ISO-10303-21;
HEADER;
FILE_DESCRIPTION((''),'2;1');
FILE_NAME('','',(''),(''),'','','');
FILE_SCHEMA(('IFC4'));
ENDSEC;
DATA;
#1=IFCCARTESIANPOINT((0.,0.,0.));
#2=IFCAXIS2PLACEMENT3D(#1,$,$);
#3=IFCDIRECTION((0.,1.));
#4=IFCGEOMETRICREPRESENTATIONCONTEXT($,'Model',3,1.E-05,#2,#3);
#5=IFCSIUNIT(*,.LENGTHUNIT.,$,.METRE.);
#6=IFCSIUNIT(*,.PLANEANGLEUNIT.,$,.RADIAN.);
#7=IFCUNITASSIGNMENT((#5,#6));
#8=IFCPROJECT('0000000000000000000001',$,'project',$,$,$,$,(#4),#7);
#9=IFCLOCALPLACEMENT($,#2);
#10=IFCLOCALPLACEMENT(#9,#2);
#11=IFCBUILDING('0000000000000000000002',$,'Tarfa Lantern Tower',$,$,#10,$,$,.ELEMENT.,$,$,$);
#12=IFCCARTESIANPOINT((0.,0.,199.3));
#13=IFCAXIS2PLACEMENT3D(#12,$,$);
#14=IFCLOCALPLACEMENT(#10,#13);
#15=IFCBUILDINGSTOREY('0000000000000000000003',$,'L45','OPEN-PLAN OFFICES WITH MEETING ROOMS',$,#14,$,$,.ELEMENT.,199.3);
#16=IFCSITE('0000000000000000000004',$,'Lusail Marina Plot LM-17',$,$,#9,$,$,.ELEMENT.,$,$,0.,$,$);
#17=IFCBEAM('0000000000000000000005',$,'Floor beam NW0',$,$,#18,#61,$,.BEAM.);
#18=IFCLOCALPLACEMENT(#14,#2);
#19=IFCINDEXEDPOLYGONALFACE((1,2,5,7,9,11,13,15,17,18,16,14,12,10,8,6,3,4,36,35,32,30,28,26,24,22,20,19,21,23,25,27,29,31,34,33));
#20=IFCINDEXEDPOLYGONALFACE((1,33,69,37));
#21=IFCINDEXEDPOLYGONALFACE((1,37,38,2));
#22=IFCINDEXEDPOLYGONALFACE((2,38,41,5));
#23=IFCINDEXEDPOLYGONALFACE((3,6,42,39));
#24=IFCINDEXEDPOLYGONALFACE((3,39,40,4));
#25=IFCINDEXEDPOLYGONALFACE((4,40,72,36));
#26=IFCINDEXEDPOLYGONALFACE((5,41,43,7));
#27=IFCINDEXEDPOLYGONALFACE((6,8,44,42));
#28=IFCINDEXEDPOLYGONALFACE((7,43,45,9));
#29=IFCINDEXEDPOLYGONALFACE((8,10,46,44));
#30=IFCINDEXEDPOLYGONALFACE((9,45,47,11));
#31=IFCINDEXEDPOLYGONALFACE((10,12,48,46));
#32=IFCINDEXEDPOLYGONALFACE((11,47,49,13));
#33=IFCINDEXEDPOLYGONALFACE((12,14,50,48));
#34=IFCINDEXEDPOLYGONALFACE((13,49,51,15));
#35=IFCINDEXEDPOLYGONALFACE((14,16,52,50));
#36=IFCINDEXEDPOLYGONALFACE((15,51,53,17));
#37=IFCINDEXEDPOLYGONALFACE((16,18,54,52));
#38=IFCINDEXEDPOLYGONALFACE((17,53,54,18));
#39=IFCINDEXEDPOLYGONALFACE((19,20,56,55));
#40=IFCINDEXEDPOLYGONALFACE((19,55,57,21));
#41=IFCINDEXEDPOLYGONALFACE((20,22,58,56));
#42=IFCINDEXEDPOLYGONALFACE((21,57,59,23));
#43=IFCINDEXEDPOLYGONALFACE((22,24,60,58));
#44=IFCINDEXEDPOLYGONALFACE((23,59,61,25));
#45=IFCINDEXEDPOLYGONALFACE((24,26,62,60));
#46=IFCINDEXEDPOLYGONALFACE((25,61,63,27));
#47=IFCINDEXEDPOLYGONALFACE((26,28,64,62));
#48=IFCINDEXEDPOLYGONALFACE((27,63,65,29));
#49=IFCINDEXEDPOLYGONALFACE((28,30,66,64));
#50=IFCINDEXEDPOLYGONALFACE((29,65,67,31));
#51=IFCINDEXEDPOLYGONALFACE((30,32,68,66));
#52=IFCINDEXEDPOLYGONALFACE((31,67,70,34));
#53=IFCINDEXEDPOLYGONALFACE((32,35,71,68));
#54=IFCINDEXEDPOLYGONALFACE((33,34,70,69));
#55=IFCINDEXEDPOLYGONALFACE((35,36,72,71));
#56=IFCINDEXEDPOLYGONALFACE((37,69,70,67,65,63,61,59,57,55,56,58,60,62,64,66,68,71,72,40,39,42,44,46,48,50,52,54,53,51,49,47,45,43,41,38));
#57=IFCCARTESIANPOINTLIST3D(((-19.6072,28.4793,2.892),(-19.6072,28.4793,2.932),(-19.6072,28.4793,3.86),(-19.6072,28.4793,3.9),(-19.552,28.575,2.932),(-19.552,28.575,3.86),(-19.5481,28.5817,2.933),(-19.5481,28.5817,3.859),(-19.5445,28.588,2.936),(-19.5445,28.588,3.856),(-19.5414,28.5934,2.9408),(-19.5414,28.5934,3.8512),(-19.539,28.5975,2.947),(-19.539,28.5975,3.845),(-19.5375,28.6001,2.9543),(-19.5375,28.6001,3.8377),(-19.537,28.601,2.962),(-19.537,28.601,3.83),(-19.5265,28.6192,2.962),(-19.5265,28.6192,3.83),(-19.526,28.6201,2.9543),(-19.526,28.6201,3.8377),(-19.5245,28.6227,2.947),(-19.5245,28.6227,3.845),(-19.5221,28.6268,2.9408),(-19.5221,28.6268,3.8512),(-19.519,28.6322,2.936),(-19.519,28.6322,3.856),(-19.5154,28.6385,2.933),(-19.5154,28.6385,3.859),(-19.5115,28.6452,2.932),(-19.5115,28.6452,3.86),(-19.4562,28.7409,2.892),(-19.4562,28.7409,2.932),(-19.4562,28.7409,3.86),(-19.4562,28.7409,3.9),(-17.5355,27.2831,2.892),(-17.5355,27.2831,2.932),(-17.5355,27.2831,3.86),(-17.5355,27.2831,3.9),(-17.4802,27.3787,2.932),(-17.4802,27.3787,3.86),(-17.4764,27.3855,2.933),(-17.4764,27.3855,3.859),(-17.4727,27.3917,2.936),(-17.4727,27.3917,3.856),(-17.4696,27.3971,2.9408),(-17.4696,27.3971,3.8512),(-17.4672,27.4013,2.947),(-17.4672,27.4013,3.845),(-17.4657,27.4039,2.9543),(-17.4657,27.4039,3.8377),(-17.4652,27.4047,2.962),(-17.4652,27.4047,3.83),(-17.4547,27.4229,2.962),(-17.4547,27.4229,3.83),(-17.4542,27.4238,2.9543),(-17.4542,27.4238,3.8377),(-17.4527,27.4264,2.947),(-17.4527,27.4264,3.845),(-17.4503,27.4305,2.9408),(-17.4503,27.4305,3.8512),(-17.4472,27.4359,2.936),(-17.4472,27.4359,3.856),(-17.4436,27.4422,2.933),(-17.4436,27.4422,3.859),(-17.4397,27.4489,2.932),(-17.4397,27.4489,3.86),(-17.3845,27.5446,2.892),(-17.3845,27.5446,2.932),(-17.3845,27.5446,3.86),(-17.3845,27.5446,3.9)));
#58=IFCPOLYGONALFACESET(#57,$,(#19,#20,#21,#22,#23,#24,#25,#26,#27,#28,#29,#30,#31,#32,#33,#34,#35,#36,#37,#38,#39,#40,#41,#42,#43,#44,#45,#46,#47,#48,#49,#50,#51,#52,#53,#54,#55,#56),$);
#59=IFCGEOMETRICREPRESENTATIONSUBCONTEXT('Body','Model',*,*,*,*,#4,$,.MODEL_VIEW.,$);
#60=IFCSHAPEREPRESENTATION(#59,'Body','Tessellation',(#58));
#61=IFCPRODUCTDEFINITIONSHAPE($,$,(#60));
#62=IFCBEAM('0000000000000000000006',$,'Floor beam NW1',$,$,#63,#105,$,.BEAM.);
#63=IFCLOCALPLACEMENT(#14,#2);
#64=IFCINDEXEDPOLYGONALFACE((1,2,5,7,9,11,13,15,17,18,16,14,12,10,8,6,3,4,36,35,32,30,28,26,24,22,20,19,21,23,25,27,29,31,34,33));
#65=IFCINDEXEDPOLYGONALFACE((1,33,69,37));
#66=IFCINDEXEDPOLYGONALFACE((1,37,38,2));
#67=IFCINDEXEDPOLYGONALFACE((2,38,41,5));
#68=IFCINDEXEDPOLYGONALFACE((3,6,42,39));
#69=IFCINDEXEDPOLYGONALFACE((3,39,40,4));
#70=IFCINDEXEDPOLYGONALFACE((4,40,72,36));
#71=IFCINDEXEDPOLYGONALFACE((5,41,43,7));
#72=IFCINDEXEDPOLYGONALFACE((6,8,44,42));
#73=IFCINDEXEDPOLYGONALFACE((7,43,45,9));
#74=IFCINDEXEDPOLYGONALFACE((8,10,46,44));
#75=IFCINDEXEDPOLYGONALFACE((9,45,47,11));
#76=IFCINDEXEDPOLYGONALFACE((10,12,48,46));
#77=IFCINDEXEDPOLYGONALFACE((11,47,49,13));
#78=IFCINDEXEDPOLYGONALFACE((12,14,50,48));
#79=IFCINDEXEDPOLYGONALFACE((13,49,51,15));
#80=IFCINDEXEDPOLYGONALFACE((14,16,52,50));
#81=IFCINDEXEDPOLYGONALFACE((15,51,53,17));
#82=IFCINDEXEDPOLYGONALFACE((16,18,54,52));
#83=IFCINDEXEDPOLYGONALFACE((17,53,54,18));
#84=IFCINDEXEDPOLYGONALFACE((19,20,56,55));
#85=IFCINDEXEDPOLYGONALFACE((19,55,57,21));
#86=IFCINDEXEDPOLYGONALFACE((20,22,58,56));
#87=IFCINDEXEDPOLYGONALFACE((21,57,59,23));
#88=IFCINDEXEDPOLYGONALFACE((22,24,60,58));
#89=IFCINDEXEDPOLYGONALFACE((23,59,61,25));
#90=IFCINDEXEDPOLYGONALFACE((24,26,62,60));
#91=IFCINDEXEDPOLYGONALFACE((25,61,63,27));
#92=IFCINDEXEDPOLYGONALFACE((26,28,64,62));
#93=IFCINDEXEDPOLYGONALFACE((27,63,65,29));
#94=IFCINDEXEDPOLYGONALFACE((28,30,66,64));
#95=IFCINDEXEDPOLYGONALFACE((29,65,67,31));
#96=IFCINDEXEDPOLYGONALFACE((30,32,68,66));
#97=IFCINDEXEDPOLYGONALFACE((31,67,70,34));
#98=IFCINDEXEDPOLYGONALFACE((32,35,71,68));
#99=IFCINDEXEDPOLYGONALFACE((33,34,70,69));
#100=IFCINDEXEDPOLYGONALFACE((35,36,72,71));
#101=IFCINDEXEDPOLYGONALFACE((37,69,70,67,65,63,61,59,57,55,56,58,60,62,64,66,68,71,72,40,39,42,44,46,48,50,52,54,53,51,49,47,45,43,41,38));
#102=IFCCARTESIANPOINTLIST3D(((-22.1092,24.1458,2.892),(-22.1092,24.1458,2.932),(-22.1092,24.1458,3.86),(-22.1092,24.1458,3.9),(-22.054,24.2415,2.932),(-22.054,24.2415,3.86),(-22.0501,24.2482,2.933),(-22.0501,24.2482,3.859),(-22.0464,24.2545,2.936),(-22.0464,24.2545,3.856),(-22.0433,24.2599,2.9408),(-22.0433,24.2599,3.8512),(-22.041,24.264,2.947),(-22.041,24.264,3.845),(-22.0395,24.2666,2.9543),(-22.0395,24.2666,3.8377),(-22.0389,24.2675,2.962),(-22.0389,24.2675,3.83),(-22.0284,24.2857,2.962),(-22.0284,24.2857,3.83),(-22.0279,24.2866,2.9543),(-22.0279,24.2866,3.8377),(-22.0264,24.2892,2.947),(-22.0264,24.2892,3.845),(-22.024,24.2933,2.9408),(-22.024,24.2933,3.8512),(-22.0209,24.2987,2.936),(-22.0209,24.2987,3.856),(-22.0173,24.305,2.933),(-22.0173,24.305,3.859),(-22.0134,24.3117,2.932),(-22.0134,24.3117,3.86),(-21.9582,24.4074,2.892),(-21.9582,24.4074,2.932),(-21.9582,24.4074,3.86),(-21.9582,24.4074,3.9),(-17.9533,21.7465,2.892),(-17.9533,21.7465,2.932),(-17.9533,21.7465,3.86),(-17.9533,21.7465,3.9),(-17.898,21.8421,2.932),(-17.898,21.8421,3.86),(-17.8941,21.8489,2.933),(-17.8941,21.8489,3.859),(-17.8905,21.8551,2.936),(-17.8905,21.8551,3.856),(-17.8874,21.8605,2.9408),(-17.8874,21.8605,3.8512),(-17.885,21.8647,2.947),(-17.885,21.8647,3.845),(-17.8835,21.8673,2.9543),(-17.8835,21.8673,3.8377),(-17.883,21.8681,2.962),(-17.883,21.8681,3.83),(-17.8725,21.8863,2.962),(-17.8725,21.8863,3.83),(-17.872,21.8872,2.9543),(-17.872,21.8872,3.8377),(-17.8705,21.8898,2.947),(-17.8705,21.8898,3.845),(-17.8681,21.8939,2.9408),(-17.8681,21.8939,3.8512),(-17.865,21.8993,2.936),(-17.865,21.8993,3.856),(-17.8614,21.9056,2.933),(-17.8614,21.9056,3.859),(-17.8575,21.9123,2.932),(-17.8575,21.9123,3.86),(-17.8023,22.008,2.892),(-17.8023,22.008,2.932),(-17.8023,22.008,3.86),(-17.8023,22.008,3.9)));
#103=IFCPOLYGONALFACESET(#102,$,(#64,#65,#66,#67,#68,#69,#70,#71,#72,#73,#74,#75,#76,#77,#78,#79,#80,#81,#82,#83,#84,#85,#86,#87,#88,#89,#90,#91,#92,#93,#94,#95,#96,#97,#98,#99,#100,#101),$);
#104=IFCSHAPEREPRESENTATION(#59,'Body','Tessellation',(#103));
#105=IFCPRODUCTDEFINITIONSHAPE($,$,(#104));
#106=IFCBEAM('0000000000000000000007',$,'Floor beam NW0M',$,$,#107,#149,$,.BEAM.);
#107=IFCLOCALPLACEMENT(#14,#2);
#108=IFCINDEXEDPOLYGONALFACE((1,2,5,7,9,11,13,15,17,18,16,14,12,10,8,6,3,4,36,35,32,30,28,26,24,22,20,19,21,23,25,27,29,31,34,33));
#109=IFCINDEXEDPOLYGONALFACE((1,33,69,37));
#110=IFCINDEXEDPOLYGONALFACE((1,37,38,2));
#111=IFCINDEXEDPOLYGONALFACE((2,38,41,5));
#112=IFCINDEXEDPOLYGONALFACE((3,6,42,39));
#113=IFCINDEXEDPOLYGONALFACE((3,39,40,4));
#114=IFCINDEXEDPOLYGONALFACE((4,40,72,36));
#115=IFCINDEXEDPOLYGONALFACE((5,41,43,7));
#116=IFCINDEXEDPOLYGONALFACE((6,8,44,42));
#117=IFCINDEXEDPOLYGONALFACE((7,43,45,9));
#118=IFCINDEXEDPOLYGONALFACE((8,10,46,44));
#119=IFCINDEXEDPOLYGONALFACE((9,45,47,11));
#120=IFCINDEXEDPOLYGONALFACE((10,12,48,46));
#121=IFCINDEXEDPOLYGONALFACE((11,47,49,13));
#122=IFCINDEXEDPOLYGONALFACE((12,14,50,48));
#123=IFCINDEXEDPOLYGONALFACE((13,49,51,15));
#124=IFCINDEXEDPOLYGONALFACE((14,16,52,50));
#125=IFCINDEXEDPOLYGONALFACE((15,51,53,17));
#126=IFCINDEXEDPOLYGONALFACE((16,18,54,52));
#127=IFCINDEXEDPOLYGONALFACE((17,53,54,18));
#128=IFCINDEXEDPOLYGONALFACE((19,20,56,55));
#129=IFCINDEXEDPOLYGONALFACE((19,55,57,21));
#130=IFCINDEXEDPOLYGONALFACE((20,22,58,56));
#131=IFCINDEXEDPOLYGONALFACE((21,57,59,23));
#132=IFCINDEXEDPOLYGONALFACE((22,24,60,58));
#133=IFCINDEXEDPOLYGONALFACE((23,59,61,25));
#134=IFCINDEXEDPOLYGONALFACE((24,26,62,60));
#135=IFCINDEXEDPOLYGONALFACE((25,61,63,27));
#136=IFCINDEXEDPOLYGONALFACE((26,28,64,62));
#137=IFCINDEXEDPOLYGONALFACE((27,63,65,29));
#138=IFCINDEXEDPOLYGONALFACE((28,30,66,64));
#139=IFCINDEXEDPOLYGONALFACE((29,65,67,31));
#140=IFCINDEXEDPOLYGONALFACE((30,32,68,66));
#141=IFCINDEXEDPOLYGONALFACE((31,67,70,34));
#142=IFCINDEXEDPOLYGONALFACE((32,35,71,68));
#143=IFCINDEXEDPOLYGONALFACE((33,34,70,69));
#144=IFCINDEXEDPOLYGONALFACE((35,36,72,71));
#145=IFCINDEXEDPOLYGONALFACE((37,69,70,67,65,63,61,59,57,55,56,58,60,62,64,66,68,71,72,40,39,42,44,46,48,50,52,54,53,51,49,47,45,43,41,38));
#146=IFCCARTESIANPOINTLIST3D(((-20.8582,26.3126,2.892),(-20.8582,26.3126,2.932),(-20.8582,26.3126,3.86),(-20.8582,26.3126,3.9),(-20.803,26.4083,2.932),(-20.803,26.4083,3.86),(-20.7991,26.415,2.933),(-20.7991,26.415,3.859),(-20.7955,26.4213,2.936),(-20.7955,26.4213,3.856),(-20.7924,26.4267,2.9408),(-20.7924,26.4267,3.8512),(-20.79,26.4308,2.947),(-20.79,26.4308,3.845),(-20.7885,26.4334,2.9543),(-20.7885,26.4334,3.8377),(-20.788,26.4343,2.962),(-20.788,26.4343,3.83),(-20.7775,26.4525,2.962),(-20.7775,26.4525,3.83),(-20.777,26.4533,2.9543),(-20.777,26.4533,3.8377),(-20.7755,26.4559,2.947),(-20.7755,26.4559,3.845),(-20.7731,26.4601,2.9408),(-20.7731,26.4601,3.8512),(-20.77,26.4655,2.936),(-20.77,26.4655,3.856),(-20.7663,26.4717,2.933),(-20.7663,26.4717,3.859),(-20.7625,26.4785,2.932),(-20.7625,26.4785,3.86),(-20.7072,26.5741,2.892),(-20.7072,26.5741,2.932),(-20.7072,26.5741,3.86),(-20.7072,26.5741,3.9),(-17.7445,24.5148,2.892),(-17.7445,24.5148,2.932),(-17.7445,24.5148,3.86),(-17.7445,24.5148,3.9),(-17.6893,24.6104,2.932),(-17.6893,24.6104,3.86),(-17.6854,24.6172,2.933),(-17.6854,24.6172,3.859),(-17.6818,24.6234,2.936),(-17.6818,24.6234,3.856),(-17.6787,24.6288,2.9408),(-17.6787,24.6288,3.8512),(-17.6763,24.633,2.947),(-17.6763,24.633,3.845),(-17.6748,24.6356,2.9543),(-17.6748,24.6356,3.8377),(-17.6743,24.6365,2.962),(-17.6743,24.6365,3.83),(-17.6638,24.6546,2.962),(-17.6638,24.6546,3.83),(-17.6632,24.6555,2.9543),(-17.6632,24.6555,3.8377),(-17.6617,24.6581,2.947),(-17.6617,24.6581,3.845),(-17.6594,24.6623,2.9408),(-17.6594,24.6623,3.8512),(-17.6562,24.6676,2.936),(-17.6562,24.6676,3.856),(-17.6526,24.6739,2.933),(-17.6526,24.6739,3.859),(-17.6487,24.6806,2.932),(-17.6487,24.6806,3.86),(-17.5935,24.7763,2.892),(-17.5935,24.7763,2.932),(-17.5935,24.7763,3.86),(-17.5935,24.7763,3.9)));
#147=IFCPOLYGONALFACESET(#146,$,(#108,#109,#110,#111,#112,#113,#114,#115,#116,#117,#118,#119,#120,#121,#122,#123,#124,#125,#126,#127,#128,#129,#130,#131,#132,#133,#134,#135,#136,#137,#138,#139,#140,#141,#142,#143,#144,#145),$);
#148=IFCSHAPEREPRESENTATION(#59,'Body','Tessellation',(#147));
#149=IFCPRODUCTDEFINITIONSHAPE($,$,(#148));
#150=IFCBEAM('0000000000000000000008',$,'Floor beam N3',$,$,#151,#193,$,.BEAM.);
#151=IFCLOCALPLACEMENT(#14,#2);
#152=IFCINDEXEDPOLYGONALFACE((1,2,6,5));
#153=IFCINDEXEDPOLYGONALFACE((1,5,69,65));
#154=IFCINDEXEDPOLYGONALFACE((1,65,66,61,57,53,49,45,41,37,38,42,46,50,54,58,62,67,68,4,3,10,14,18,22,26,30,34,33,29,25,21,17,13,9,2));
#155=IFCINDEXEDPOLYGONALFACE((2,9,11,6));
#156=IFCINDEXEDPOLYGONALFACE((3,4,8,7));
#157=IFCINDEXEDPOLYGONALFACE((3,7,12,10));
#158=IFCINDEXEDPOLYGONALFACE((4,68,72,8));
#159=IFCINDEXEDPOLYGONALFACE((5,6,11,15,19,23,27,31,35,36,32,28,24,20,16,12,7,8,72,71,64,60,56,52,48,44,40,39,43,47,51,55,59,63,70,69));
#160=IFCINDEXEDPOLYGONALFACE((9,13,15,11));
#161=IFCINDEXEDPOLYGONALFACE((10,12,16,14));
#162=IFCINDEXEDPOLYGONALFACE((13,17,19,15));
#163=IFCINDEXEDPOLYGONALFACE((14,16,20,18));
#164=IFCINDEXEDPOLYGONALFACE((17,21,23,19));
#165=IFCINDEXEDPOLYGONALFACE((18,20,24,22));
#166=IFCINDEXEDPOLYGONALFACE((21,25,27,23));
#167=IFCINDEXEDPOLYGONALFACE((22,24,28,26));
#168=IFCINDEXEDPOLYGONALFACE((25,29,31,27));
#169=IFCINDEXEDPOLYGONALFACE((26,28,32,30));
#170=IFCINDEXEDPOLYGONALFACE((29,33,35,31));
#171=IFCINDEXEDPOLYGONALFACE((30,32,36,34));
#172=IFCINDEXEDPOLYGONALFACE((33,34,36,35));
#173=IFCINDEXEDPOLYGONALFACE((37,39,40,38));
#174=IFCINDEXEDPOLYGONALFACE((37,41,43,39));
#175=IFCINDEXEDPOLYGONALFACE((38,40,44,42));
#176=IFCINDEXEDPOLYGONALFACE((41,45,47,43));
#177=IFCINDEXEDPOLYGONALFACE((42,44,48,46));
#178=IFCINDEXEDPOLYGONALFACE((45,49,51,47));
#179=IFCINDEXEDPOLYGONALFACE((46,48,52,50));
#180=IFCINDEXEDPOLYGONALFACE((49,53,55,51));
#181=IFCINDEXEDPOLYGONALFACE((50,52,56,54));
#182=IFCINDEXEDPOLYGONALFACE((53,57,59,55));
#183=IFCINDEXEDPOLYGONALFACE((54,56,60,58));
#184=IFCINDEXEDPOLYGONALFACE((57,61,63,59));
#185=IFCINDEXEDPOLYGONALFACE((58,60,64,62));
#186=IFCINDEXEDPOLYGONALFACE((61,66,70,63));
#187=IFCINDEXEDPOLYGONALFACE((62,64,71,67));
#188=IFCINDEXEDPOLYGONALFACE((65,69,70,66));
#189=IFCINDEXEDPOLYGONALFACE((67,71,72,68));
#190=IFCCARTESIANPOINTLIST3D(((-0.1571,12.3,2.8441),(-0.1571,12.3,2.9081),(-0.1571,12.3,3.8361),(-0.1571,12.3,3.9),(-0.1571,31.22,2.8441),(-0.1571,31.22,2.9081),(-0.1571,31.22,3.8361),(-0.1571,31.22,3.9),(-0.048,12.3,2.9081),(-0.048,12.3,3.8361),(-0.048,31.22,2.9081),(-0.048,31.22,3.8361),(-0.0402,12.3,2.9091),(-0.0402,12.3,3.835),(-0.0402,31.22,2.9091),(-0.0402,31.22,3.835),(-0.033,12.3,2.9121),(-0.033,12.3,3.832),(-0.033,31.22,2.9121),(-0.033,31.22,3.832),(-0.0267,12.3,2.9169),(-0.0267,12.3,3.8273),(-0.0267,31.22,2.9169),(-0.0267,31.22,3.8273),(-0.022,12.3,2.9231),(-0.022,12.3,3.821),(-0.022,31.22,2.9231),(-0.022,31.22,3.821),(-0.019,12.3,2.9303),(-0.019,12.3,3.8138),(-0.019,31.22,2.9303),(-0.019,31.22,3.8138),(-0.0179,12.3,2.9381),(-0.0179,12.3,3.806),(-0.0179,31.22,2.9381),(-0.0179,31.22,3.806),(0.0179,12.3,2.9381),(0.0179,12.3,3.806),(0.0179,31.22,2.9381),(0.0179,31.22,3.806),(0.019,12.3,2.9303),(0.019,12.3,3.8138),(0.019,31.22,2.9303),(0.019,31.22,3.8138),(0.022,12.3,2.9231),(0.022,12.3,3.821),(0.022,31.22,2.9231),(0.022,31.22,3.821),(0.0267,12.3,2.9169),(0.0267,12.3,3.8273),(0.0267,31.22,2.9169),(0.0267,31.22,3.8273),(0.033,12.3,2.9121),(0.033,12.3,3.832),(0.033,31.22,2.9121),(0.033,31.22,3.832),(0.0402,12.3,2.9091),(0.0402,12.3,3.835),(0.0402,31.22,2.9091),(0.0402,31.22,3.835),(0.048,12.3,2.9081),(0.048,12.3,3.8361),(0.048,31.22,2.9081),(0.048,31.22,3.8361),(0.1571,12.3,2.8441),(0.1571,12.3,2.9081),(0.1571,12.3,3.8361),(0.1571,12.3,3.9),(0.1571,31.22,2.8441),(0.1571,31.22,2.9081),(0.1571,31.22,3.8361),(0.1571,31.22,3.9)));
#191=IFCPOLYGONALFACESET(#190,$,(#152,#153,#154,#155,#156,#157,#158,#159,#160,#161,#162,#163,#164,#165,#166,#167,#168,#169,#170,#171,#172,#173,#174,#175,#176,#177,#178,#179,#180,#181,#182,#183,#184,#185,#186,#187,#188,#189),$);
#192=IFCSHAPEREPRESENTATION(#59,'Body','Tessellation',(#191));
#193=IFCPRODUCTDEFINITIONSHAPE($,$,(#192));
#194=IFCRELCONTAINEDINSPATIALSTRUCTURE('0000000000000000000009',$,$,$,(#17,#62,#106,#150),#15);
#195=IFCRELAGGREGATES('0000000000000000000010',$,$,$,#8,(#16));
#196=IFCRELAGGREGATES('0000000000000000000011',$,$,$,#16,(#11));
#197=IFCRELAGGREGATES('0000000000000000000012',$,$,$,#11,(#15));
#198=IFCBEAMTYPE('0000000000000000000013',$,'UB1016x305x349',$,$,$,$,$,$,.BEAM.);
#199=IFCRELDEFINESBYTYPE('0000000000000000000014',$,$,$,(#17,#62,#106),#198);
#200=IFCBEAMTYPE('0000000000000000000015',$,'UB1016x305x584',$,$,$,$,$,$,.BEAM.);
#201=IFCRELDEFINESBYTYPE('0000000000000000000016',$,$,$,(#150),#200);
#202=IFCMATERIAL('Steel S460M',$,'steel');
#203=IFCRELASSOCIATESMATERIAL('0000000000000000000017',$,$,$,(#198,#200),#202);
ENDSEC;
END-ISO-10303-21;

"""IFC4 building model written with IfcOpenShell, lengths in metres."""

from ifc_helpers import new_model, si_unit, direction, frame, origin, origin_2d, place, context, subcontext, project, spatial, i_section, extrude, material, material_profile, profile_set, type_object, element, save


model = new_model("IFC4")

# Units and contexts
model_context = context("Model", 3, precision=1e-05, world=origin(), true_north=direction((0.0, 1.0)))
body_context = subcontext(model_context, "Body", "Model", "MODEL_VIEW")
ifc_project = project(units=[si_unit("LENGTHUNIT", "METRE"), si_unit("PLANEANGLEUNIT", "RADIAN")], contexts=[model_context])

# Site, building, storey
site_placement = place(None, origin())
site = spatial("IfcSite", under=ifc_project, at=site_placement, Name="Lusail Marina Plot LM-17", CompositionType="ELEMENT", RefElevation=0.0)
building_placement = place(site_placement, origin())
building = spatial("IfcBuilding", under=site, at=building_placement, Name="Tarfa Lantern Tower", CompositionType="ELEMENT")
storey_placement = place(building_placement, frame((0.0, 0.0, 199.3)))
storey = spatial("IfcBuildingStorey", under=building, at=storey_placement, Name="L45", Description="OPEN-PLAN OFFICES WITH MEETING ROOMS", CompositionType="ELEMENT", Elevation=199.3)

# Beams
ifc_material_1 = material(Name="Steel S460M", Category="steel")
ifc_material_profile_1 = material_profile(ifc_material_1, i_section(OverallWidth=0.302, OverallDepth=1.0081, WebThickness=0.021, FlangeThickness=0.04, FilletRadius=0.03, at=origin_2d()), Name="UB1016x305x349")
ifc_profile_set_1 = profile_set([ifc_material_profile_1], Name="Steel S460M")
beam_type_1 = type_object("IfcBeamType", Name="UB1016x305x349", PredefinedType="BEAM", material=ifc_profile_set_1)
beam_1_placement = place(storey_placement, frame((-19.5317, 28.6101, 3.396), z_axis=(0.865999, -0.500046, 0.0), x_axis=(0.500046, 0.865999, 0.0)))
element("IfcBeam", 1, at=beam_1_placement, inside=storey, type_object=beam_type_1, Name="Floor beam NW0", PredefinedType="BEAM", context=body_context, shape_type="SweptSolid", body=[
    extrude(i_section(OverallWidth=0.302, OverallDepth=1.0081, WebThickness=0.021, FlangeThickness=0.04, FilletRadius=0.03, at=origin_2d()), origin(), (0.0, 0.0, 1.0), 2.3923),
])
beam_2_placement = place(storey_placement, frame((-22.0337, 24.2766, 3.396), z_axis=(0.866031, -0.499991, 0.0), x_axis=(0.499991, 0.866031, 0.0)))
element("IfcBeam", 2, at=beam_2_placement, inside=storey, type_object=beam_type_1, Name="Floor beam NW1", PredefinedType="BEAM", context=body_context, shape_type="SweptSolid", body=[
    extrude(i_section(OverallWidth=0.302, OverallDepth=1.0081, WebThickness=0.021, FlangeThickness=0.04, FilletRadius=0.03, at=origin_2d()), origin(), (0.0, 0.0, 1.0), 4.7988),
])
beam_3_placement = place(storey_placement, frame((-20.7827, 26.4434, 3.396), z_axis=(0.866011, -0.500024, 0.0), x_axis=(0.500024, 0.866011, 0.0)))
element("IfcBeam", 3, at=beam_3_placement, inside=storey, type_object=beam_type_1, Name="Floor beam NW0M", PredefinedType="BEAM", context=body_context, shape_type="SweptSolid", body=[
    extrude(i_section(OverallWidth=0.302, OverallDepth=1.0081, WebThickness=0.021, FlangeThickness=0.04, FilletRadius=0.03, at=origin_2d()), origin(), (0.0, 0.0, 1.0), 3.5955),
])
ifc_material_profile_2 = material_profile(ifc_material_1, i_section(OverallWidth=0.3142, OverallDepth=1.0559, WebThickness=0.0359, FlangeThickness=0.064, FilletRadius=0.03, at=origin_2d()), Name="UB1016x305x584")
ifc_profile_set_2 = profile_set([ifc_material_profile_2], Name="Steel S460M")
beam_type_2 = type_object("IfcBeamType", Name="UB1016x305x584", PredefinedType="BEAM", material=ifc_profile_set_2)
for number, where, z_axis, x_axis, name in (
    (4, (0.0, 31.22, 3.3721), (0.0, -1.0, 0.0), (1.0, 0.0, 0.0), "Floor beam N3"),
):
    element("IfcBeam", number, at=place(storey_placement, frame(where, z_axis=z_axis, x_axis=x_axis)), inside=storey, type_object=beam_type_2, Name=name, PredefinedType="BEAM", context=body_context, shape_type="SweptSolid", body=[
        extrude(i_section(OverallWidth=0.3142, OverallDepth=1.0559, WebThickness=0.0359, FlangeThickness=0.064, FilletRadius=0.03, at=origin_2d()), origin(), (0.0, 0.0, 1.0), 18.9199),
    ])

save(model, "model.ifc")
